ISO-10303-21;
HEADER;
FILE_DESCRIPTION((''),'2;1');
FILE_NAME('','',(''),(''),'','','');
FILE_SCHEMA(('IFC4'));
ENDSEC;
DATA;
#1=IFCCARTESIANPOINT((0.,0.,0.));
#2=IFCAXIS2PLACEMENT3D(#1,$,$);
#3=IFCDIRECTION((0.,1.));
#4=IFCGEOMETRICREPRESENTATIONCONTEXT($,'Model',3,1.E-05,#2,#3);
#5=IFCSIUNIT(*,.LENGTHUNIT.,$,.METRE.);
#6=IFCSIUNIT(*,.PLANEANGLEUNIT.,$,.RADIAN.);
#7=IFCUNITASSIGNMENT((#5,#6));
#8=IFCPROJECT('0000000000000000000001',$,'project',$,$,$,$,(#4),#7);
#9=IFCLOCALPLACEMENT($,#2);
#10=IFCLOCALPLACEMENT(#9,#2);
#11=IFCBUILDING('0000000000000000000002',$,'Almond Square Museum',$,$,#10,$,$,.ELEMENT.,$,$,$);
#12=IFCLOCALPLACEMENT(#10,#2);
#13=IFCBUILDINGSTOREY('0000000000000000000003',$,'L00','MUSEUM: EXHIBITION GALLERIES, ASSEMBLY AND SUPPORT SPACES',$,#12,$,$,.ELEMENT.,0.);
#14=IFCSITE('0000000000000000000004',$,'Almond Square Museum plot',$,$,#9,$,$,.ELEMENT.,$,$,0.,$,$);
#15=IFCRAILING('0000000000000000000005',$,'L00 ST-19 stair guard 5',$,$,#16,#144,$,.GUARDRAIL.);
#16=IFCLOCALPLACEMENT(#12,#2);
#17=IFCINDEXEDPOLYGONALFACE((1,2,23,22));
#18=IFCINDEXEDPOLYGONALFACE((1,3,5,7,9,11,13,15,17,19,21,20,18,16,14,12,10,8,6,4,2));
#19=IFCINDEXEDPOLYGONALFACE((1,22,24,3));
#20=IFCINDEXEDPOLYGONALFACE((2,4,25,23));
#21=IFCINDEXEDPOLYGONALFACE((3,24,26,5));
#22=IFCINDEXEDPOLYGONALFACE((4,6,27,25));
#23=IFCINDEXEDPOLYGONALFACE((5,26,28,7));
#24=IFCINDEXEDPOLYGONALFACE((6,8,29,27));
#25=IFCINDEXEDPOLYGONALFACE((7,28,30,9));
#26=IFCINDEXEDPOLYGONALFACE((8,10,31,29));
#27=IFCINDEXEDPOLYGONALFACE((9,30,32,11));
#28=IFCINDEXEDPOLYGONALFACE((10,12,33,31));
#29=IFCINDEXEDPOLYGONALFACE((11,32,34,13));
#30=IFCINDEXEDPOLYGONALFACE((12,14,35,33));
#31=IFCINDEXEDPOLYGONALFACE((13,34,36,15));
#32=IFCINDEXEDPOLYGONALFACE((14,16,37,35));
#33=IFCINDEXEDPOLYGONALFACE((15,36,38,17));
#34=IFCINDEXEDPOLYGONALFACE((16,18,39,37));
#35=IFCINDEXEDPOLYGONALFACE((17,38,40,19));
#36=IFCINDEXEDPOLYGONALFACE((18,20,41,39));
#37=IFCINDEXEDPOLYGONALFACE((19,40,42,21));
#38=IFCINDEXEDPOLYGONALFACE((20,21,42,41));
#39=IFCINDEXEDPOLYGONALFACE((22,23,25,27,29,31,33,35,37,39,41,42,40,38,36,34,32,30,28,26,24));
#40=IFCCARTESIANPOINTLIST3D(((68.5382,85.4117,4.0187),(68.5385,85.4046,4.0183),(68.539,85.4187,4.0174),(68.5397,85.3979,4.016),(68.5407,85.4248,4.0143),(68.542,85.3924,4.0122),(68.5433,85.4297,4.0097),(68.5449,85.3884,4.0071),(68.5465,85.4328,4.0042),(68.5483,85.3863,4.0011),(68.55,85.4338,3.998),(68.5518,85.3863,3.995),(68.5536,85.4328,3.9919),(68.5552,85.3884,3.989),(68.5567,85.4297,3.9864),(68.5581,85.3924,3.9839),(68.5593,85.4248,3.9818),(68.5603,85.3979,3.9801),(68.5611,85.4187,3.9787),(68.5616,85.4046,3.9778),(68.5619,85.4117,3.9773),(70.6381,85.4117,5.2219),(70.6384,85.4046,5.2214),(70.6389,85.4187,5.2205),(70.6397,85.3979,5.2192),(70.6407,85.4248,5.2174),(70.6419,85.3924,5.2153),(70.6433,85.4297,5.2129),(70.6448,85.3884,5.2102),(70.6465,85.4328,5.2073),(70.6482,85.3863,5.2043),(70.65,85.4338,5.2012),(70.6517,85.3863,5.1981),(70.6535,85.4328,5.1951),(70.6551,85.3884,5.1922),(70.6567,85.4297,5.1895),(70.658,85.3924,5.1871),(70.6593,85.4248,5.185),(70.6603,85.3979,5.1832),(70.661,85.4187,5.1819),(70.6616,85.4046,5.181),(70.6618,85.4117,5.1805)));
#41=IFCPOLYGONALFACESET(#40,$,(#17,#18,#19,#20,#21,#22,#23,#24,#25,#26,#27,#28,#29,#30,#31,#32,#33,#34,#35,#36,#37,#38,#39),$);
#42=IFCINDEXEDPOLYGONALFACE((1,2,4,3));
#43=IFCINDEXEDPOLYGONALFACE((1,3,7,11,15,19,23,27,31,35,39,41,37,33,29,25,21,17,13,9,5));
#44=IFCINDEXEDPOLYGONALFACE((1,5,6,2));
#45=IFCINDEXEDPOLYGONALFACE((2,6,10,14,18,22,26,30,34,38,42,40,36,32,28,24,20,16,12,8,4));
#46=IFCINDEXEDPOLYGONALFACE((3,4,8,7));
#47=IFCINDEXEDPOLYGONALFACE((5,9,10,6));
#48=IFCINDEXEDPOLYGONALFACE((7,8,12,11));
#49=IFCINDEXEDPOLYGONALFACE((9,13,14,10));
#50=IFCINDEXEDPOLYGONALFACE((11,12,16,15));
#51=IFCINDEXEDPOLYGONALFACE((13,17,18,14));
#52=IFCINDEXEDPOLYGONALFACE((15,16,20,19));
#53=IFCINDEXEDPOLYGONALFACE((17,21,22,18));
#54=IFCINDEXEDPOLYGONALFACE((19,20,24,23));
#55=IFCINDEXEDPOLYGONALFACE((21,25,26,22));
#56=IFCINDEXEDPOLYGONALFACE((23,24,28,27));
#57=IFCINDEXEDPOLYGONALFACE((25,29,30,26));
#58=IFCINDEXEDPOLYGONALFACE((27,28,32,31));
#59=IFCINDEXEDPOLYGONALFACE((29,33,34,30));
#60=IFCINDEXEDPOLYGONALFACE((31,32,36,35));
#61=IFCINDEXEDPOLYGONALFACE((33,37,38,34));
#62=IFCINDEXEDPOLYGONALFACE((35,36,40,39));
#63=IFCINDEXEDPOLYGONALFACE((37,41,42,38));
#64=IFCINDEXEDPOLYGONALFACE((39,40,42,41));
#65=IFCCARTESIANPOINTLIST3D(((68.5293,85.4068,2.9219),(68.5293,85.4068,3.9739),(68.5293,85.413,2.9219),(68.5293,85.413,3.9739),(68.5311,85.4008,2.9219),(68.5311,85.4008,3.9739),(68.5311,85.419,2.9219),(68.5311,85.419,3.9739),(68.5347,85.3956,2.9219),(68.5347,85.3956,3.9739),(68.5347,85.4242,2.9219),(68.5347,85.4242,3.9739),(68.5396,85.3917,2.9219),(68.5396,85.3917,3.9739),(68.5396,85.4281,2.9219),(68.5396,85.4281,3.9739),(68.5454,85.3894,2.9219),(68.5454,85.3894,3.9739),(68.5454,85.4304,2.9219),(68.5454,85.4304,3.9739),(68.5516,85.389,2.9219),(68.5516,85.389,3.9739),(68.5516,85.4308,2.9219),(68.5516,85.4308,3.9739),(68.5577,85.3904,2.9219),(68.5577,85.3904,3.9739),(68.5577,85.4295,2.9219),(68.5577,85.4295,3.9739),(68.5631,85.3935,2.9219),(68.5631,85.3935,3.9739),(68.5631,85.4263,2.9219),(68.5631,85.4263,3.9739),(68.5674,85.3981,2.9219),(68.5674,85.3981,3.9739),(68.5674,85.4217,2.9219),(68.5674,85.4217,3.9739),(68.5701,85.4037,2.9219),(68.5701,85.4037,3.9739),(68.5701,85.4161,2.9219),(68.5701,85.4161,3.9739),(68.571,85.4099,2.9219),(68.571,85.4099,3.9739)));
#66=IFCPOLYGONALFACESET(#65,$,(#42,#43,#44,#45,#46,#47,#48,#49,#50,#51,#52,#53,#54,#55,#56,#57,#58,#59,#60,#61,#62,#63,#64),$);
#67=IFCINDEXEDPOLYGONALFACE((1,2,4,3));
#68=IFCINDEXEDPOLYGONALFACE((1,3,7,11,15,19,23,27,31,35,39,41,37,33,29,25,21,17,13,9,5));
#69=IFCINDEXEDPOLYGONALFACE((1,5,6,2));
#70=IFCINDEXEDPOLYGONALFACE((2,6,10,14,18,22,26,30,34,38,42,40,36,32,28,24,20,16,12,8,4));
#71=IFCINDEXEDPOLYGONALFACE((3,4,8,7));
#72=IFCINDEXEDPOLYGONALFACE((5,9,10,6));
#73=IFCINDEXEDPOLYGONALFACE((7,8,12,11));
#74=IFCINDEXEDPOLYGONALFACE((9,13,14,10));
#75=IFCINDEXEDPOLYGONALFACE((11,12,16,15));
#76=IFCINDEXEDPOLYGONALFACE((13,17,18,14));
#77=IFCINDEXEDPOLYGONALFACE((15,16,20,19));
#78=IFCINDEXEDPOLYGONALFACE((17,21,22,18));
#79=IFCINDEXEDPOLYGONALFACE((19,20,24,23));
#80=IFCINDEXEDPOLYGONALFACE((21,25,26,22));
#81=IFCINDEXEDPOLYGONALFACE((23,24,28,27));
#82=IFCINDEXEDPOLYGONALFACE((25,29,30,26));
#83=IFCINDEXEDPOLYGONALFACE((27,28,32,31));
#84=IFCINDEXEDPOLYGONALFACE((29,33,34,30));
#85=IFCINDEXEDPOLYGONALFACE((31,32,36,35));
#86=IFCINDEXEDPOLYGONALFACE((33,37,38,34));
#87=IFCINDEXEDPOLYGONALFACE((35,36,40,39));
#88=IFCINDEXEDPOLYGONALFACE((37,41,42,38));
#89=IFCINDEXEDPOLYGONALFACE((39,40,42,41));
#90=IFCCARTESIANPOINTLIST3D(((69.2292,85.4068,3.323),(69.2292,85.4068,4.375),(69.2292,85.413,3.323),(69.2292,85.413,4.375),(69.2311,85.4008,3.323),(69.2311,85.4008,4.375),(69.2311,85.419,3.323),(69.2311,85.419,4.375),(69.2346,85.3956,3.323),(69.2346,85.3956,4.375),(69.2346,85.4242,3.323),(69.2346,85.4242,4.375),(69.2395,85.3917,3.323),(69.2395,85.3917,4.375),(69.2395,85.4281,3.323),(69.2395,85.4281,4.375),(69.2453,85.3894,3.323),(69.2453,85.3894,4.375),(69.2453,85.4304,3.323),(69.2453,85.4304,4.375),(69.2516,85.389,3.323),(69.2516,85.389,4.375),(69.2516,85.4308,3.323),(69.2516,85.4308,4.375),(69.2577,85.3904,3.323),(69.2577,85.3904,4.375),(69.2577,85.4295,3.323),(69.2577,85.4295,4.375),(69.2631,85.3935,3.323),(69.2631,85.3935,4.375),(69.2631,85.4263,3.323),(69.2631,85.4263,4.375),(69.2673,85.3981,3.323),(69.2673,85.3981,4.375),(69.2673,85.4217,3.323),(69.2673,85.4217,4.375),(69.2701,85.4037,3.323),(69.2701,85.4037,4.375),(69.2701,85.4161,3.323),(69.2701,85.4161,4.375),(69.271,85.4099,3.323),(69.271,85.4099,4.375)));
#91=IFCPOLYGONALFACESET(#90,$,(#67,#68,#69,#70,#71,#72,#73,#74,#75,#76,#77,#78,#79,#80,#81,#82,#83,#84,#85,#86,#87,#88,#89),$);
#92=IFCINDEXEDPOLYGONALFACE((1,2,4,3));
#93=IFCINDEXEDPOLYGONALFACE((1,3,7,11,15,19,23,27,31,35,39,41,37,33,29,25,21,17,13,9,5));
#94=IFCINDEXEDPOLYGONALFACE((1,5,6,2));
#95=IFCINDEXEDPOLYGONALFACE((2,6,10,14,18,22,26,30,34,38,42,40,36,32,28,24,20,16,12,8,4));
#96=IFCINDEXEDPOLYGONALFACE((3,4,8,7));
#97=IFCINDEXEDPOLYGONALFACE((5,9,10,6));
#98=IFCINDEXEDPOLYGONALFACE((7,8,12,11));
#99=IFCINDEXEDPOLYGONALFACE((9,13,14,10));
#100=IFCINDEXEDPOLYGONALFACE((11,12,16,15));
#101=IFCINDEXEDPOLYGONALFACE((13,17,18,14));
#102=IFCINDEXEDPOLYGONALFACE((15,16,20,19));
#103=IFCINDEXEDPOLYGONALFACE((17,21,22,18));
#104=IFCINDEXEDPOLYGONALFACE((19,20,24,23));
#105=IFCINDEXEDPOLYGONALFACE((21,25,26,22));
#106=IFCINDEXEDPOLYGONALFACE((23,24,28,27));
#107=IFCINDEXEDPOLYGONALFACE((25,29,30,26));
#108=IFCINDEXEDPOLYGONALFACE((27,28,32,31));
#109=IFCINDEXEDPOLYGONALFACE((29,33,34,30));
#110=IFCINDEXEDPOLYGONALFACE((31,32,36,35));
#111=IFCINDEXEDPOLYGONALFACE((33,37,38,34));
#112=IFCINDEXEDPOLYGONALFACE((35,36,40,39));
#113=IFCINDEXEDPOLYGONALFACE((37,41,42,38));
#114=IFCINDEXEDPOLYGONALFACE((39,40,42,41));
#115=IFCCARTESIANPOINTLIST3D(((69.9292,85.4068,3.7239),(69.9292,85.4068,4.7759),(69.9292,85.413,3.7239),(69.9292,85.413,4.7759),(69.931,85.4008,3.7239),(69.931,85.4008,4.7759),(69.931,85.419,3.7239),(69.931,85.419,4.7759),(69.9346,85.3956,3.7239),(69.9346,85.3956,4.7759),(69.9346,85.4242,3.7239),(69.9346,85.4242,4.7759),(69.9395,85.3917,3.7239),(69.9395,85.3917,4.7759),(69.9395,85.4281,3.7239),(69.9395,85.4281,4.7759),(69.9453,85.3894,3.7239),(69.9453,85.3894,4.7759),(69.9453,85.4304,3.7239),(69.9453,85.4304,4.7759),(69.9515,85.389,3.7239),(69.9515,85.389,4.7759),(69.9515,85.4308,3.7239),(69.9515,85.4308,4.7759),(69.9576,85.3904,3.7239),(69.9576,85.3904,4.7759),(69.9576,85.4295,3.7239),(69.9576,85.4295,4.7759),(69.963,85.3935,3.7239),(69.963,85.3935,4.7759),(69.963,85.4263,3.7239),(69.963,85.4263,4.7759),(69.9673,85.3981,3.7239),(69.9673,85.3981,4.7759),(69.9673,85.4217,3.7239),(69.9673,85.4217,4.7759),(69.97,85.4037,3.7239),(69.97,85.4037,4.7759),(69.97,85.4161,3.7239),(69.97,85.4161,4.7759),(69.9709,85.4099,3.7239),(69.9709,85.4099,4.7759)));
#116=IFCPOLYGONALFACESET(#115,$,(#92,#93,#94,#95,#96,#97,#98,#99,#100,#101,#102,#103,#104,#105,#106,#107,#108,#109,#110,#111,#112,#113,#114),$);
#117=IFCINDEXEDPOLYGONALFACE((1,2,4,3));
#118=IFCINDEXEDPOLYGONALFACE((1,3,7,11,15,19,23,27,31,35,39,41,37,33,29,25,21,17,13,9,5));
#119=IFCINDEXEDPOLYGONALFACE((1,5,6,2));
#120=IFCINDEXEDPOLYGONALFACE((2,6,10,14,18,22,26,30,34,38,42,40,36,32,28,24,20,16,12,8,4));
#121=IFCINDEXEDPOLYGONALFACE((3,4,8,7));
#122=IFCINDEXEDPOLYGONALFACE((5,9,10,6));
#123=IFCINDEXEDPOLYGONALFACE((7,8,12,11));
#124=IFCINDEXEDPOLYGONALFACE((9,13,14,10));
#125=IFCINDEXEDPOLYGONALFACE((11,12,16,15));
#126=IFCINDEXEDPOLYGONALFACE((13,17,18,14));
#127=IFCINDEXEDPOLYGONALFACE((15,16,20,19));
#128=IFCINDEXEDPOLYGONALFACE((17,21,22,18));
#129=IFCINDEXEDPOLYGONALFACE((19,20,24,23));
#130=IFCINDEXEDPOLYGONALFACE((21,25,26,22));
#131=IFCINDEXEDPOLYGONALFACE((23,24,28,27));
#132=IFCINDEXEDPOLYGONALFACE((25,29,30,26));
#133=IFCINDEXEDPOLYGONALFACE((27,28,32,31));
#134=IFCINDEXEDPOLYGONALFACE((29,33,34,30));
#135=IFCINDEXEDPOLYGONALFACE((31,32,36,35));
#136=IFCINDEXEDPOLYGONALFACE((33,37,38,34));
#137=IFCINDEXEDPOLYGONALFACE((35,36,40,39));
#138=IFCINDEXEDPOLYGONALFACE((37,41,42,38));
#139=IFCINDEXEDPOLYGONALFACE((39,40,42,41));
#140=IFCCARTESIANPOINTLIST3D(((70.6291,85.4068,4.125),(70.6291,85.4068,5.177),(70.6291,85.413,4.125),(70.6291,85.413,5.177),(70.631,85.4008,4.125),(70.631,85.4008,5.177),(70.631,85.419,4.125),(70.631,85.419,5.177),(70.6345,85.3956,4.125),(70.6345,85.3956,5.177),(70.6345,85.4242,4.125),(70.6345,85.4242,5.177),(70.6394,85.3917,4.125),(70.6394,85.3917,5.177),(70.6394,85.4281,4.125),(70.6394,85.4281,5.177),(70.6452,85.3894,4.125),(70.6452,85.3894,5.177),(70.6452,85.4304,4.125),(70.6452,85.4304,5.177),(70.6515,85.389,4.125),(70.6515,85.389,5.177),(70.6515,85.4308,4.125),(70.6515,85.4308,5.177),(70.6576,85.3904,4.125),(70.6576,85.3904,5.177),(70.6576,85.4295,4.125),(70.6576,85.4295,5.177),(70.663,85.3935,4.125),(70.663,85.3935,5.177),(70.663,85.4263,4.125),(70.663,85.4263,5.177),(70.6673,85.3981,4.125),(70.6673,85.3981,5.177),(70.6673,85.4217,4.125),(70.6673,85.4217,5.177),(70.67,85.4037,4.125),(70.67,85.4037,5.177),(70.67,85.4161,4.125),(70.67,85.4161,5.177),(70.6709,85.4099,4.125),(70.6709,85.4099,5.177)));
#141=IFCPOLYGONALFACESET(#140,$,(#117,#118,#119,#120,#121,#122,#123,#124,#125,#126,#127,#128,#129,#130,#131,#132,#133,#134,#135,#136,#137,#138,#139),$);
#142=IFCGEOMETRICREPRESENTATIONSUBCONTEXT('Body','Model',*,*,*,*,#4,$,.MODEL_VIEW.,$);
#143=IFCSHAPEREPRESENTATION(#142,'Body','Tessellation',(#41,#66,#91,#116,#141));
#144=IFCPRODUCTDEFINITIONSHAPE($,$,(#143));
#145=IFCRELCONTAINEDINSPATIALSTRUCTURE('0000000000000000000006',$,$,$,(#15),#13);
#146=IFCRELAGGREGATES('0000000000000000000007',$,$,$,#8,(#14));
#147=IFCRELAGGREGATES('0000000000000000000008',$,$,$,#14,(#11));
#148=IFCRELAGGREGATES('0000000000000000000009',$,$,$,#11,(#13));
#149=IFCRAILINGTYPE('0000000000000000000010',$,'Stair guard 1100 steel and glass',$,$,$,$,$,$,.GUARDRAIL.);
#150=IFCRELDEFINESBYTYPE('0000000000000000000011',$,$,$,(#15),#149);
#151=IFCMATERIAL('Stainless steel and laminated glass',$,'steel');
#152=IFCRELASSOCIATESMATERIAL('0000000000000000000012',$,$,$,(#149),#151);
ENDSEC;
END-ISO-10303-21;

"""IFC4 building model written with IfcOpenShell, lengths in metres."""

from ifc_helpers import new_model, si_unit, direction, frame, origin, origin_2d, place, context, subcontext, project, spatial, circle, extrude, material, type_object, element, save


model = new_model("IFC4")

# Units and contexts
model_context = context("Model", 3, precision=1e-05, world=origin(), true_north=direction((0.0, 1.0)))
body_context = subcontext(model_context, "Body", "Model", "MODEL_VIEW")
ifc_project = project(units=[si_unit("LENGTHUNIT", "METRE"), si_unit("PLANEANGLEUNIT", "RADIAN")], contexts=[model_context])

# Site, building, storey
site_placement = place(None, origin())
site = spatial("IfcSite", under=ifc_project, at=site_placement, Name="Almond Square Museum plot", CompositionType="ELEMENT", RefElevation=0.0)
building_placement = place(site_placement, origin())
building = spatial("IfcBuilding", under=site, at=building_placement, Name="Almond Square Museum", CompositionType="ELEMENT")
storey_placement = place(building_placement, origin())
storey = spatial("IfcBuildingStorey", under=building, at=storey_placement, Name="L00", Description="MUSEUM: EXHIBITION GALLERIES, ASSEMBLY AND SUPPORT SPACES", CompositionType="ELEMENT", Elevation=0.0)

# Railing
ifc_material_1 = material(Name="Stainless steel and laminated glass", Category="steel")
railing_type_1 = type_object("IfcRailingType", Name="Stair guard 1100 steel and glass", PredefinedType="GUARDRAIL", material=ifc_material_1)
railing_1_placement = place(storey_placement, frame((68.55, 85.4099, 2.9219)))
element("IfcRailing", 1, at=railing_1_placement, inside=storey, type_object=railing_type_1, Name="L00 ST-19 stair guard 5", PredefinedType="GUARDRAIL", context=body_context, shape_type="SweptSolid", body=[
    extrude(circle(Radius=0.0239, at=origin_2d()), frame((0.0, 0.0, 1.0762), z_axis=(0.867671, 0.0, 0.497138), x_axis=(0.0, 1.0, 0.0)), (0.0, 0.0, 1.0), 2.4202),
    extrude(circle(Radius=0.021, at=origin_2d()), origin(), (0.0, 0.0, 1.0), 1.052),
    extrude(circle(Radius=0.021, at=origin_2d()), frame((0.7, 0.0, 0.4011)), (0.0, 0.0, 1.0), 1.052),
    extrude(circle(Radius=0.021, at=origin_2d()), frame((1.3999, 0.0, 0.802)), (0.0, 0.0, 1.0), 1.052),
    extrude(circle(Radius=0.021, at=origin_2d()), frame((2.0999, 0.0, 1.2031)), (0.0, 0.0, 1.0), 1.052),
])

save(model, "model.ifc")
